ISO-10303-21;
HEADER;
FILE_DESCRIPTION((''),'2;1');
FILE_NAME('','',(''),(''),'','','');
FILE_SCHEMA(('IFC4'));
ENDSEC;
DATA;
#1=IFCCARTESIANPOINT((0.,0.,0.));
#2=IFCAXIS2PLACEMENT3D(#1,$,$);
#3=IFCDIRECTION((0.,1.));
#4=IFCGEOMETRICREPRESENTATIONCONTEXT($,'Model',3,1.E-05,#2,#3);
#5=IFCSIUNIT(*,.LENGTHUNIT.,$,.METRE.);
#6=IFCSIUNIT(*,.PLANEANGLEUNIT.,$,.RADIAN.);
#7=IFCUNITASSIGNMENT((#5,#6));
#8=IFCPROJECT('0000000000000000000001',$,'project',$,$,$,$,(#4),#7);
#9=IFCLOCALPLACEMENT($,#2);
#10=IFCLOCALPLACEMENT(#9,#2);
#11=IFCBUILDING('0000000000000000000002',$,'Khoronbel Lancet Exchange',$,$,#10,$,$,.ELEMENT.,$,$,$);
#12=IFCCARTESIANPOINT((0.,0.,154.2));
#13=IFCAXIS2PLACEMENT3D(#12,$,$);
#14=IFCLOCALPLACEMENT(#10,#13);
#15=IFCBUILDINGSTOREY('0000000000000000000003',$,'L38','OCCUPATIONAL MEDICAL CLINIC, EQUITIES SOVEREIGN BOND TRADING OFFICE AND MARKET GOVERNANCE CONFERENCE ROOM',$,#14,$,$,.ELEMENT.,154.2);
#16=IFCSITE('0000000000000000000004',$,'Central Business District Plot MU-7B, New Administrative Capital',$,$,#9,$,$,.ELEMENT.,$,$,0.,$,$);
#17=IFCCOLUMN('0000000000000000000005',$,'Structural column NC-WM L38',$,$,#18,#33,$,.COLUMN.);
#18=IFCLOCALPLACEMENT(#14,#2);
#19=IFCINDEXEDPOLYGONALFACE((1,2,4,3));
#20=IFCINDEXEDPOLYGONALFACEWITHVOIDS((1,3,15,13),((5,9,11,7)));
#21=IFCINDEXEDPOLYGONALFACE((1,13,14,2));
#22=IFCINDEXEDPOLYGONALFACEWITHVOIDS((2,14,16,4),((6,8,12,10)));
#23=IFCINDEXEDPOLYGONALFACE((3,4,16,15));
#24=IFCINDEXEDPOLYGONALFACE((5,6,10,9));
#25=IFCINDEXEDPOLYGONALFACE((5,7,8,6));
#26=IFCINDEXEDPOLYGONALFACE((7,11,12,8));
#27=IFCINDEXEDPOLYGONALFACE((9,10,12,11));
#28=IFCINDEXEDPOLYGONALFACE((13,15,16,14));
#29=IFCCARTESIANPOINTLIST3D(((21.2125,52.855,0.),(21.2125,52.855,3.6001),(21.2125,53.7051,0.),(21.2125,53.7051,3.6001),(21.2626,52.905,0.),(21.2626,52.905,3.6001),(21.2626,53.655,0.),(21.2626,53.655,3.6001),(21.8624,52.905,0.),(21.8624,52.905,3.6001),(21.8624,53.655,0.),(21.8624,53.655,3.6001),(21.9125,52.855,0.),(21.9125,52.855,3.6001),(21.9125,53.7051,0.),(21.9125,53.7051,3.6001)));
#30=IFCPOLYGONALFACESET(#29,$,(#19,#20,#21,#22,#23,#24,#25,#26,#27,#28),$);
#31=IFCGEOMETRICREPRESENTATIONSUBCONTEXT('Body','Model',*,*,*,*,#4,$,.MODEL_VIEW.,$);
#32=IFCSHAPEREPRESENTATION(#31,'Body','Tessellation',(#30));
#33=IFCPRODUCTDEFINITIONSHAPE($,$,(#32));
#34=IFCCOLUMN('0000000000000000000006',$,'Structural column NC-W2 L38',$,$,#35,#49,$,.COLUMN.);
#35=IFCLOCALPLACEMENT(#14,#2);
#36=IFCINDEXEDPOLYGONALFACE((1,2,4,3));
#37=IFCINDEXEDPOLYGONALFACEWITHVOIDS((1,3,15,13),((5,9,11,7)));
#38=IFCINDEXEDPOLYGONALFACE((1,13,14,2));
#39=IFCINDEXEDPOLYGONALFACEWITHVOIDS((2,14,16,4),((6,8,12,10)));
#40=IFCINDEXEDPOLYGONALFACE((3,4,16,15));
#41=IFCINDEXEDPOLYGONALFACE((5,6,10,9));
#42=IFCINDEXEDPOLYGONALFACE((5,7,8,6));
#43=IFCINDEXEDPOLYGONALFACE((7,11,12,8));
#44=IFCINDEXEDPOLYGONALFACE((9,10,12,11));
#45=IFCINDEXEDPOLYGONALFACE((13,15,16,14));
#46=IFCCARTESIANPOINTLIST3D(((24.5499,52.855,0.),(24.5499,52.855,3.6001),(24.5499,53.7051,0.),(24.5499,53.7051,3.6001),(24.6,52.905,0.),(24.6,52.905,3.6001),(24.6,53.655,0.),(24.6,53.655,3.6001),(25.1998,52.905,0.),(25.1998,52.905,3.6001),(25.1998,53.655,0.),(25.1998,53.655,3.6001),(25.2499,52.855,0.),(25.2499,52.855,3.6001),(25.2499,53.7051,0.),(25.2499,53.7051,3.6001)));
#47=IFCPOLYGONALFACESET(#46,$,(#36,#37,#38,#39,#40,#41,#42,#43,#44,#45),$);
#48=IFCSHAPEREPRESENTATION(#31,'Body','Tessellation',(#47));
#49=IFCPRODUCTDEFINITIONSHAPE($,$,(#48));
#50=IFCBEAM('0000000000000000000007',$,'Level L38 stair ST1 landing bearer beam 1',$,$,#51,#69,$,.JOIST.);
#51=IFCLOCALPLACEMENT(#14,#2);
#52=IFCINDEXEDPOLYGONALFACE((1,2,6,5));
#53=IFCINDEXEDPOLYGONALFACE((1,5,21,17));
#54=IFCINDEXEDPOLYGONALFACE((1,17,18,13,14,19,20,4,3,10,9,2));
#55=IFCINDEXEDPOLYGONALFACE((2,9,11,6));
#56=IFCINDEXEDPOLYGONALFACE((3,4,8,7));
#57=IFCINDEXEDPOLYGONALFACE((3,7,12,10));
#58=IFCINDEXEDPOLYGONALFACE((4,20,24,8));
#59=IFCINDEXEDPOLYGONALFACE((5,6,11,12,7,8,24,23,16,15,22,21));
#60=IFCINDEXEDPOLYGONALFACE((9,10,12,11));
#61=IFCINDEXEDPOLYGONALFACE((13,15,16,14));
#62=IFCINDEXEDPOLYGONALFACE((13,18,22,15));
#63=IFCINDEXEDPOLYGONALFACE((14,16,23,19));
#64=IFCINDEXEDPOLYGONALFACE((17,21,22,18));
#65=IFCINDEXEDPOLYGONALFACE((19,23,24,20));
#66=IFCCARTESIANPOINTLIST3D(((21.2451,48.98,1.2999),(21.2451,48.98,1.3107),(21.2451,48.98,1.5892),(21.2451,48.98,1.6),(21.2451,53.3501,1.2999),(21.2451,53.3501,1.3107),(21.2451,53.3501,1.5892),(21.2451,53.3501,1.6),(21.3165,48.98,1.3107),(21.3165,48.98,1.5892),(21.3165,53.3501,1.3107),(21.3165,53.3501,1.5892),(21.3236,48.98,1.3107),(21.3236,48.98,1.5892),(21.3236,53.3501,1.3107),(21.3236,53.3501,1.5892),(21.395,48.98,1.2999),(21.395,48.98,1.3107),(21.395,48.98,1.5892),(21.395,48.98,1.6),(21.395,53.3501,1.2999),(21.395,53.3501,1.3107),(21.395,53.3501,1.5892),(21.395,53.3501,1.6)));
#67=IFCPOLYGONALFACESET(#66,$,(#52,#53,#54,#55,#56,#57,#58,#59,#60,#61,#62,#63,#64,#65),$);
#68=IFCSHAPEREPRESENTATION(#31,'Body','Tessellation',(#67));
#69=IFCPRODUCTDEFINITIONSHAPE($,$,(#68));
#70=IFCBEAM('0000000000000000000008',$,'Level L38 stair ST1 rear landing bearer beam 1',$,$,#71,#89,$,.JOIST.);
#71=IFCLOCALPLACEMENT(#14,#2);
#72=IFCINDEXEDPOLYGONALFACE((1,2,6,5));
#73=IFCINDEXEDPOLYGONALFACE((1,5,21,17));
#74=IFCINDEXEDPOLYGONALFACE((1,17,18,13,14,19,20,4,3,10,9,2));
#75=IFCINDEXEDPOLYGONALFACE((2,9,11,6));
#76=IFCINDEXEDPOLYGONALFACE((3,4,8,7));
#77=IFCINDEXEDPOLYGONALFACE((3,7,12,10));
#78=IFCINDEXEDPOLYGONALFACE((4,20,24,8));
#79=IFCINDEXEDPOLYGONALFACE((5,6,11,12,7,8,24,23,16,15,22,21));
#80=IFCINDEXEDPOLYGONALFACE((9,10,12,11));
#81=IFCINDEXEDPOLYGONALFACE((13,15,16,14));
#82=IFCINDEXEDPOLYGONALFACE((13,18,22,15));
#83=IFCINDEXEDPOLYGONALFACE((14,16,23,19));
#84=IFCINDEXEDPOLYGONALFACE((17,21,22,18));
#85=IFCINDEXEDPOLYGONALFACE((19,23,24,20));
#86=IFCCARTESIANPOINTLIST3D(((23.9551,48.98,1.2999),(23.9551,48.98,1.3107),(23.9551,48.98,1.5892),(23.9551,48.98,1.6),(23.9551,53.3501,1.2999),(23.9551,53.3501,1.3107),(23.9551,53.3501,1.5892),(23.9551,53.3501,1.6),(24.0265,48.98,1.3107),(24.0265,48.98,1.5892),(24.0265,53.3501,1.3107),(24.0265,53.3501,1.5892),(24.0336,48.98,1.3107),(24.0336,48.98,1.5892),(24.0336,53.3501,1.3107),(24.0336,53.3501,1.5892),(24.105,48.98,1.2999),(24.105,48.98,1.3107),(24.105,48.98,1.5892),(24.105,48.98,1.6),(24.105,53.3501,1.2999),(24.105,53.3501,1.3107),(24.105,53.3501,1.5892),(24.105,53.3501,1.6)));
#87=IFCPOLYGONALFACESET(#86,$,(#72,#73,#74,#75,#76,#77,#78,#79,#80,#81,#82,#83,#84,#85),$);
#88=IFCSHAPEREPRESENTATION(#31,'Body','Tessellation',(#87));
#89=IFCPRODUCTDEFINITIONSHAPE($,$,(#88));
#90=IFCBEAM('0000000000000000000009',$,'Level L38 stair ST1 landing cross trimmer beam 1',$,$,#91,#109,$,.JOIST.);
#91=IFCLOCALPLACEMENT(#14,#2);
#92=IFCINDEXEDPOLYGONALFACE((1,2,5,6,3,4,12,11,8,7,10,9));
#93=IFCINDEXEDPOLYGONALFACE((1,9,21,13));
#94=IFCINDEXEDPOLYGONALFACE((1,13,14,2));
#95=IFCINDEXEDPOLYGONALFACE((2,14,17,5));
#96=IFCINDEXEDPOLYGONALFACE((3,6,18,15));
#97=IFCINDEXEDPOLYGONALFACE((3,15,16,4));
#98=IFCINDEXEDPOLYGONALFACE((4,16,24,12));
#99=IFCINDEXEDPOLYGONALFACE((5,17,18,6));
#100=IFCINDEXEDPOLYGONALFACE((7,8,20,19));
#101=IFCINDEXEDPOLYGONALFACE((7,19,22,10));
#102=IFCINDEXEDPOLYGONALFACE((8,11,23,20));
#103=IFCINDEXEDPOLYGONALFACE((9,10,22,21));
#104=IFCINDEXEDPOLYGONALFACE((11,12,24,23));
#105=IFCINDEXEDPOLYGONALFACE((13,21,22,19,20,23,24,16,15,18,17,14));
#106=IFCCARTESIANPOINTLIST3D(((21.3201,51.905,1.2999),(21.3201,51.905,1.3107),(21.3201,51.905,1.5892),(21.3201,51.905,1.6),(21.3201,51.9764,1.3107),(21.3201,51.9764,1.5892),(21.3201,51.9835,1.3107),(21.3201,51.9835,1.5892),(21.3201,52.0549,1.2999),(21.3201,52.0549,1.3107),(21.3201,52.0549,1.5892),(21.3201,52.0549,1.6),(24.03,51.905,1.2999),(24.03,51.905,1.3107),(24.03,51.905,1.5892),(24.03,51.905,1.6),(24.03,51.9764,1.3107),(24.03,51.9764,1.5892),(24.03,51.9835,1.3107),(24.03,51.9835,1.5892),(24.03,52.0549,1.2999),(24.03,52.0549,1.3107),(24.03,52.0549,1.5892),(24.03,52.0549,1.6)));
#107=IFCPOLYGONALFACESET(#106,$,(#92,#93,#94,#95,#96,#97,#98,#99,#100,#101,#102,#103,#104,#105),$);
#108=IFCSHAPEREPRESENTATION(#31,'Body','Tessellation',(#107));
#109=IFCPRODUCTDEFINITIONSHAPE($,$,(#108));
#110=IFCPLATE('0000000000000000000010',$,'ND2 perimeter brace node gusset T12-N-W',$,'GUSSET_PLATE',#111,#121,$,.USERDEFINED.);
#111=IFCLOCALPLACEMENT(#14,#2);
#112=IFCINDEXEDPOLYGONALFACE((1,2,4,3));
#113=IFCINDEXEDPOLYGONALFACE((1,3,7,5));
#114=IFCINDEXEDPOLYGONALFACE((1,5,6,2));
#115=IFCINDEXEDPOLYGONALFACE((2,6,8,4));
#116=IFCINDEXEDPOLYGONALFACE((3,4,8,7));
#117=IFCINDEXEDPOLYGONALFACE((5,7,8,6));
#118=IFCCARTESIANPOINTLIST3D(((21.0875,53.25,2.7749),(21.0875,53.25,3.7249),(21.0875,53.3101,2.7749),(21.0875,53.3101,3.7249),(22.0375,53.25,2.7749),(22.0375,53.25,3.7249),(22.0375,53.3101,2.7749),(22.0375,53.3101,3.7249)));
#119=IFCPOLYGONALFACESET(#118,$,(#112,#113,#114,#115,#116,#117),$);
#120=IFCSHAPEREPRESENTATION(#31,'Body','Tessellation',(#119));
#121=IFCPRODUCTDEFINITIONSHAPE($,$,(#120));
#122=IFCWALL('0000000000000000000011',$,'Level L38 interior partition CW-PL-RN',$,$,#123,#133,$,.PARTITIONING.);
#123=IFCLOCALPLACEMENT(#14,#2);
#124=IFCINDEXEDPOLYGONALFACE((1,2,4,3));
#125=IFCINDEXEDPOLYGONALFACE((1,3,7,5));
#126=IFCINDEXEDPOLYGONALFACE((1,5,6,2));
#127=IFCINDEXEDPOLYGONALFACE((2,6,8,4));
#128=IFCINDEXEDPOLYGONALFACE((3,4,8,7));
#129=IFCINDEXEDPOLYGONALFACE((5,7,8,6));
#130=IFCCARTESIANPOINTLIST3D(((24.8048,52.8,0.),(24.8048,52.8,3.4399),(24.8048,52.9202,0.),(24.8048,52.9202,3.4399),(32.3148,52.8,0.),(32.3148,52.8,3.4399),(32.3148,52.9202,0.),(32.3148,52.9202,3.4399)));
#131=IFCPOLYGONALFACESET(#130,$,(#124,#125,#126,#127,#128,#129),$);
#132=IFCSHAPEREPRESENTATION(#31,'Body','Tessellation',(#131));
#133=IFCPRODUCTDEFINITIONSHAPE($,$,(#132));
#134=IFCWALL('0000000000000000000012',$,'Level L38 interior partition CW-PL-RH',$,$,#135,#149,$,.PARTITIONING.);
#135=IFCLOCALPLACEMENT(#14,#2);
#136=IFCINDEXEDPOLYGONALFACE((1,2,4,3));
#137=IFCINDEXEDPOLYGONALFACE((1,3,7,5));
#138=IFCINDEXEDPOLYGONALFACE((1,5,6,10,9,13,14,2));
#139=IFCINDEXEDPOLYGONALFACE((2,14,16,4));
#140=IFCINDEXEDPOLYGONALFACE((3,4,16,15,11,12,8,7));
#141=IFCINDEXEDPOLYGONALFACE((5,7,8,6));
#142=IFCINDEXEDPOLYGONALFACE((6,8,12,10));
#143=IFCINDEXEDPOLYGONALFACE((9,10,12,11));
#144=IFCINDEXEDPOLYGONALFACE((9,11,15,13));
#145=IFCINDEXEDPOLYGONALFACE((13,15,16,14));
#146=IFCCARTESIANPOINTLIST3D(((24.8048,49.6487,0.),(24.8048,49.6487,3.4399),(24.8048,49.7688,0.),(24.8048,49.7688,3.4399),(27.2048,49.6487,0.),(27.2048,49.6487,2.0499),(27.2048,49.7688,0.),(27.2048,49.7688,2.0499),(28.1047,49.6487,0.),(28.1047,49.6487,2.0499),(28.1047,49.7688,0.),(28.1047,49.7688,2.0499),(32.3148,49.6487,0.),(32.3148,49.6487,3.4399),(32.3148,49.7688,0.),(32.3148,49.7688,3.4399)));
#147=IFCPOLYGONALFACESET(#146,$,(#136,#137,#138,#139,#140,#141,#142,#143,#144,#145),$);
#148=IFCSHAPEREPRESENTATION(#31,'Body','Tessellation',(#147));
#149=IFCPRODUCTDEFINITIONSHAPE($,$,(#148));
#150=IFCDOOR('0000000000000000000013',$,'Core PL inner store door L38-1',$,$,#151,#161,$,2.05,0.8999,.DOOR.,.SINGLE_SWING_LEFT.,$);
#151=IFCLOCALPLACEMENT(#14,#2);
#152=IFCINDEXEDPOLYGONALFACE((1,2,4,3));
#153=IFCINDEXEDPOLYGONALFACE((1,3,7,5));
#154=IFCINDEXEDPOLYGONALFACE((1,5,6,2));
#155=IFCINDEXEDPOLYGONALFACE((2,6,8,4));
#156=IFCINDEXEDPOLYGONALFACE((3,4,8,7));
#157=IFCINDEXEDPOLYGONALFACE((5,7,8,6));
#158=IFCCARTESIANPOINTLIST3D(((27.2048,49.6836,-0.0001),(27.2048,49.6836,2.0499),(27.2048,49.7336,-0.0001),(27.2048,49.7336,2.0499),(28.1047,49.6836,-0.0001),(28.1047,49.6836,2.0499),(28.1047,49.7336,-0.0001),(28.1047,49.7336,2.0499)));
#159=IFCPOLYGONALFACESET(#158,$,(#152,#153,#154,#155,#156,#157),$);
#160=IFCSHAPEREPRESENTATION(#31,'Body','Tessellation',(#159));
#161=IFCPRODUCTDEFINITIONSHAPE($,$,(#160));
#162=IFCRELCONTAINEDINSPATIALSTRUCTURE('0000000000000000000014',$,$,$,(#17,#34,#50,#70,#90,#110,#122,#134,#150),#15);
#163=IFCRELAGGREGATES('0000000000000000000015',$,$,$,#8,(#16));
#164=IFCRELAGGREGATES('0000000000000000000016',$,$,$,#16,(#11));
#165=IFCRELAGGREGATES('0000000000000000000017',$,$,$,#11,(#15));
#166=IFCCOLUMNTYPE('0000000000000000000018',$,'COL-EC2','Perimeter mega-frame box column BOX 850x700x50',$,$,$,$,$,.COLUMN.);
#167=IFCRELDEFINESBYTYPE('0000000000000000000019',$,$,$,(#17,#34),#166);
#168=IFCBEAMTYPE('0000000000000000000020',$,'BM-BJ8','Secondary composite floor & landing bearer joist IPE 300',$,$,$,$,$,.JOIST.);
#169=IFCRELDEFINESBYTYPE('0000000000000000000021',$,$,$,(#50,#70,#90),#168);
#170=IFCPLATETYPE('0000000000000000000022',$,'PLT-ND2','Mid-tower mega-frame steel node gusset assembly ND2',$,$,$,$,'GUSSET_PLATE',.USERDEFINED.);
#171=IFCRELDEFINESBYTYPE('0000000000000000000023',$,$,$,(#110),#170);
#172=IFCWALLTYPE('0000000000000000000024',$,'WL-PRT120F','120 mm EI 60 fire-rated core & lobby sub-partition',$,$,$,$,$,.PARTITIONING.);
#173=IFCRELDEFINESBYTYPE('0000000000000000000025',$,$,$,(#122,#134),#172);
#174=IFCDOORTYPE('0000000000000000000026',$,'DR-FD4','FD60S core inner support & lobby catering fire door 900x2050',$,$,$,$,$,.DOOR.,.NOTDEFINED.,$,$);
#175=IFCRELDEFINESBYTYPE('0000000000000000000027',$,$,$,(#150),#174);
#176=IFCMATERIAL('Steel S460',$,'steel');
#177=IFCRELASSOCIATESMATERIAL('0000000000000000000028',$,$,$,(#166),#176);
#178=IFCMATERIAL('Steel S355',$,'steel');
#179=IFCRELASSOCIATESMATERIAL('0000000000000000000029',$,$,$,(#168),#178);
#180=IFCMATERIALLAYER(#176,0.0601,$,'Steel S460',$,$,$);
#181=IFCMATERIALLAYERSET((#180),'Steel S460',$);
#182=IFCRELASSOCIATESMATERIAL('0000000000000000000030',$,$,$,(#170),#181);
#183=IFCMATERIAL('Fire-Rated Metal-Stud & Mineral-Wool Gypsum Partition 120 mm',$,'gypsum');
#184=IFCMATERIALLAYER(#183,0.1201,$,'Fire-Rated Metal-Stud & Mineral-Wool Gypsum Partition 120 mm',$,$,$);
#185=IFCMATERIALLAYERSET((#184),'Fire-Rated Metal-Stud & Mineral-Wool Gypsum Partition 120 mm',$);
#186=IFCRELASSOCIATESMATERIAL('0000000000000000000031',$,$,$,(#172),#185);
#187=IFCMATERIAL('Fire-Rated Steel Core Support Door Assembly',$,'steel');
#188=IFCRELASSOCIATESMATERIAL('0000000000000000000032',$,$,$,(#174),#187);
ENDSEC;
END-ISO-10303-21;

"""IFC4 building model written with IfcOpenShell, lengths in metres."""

from ifc_helpers import new_model, si_unit, direction, frame, frame_2d, origin, origin_2d, place, context, subcontext, project, spatial, rectangle, hollow_rectangle, i_section, extrude, material, layer, layer_set, material_profile, profile_set, type_object, element, fill, save


model = new_model("IFC4")

# Units and contexts
model_context = context("Model", 3, precision=1e-05, world=origin(), true_north=direction((0.0, 1.0)))
body_context = subcontext(model_context, "Body", "Model", "MODEL_VIEW")
ifc_project = project(units=[si_unit("LENGTHUNIT", "METRE"), si_unit("PLANEANGLEUNIT", "RADIAN")], contexts=[model_context])

# Site, building, storey
site_placement = place(None, origin())
site = spatial("IfcSite", under=ifc_project, at=site_placement, Name="Central Business District Plot MU-7B, New Administrative Capital", CompositionType="ELEMENT", RefElevation=0.0)
building_placement = place(site_placement, origin())
building = spatial("IfcBuilding", under=site, at=building_placement, Name="Khoronbel Lancet Exchange", CompositionType="ELEMENT")
storey_placement = place(building_placement, frame((0.0, 0.0, 154.2)))
storey = spatial("IfcBuildingStorey", under=building, at=storey_placement, Name="L38", Description="OCCUPATIONAL MEDICAL CLINIC, EQUITIES SOVEREIGN BOND TRADING OFFICE AND MARKET GOVERNANCE CONFERENCE ROOM", CompositionType="ELEMENT", Elevation=154.2)

# Columns
ifc_material_1 = material(Name="Steel S460", Category="steel")
ifc_material_profile_1 = material_profile(ifc_material_1, hollow_rectangle(XDim=0.7, YDim=0.8501, WallThickness=0.05, at=origin_2d()), Name="BOX 850x700x50")
ifc_profile_set_1 = profile_set([ifc_material_profile_1], Name="Steel S460")
column_type = type_object("IfcColumnType", Name="COL-EC2", Description="Perimeter mega-frame box column BOX 850x700x50", PredefinedType="COLUMN", material=ifc_profile_set_1)
for number, where, z_axis, x_axis, name in (
    (1, (21.5625, 53.28, 0.0), (0.0, 0.0, 1.0), (1.0, 0.0, 0.0), "Structural column NC-WM L38"),
    (2, (24.8999, 53.28, 0.0), (0.0, 0.0, 1.0), (1.0, 0.0, 0.0), "Structural column NC-W2 L38"),
):
    element("IfcColumn", number, at=place(storey_placement, frame(where, z_axis=z_axis, x_axis=x_axis)), inside=storey, type_object=column_type, Name=name, PredefinedType="COLUMN", context=body_context, shape_type="SweptSolid", body=[
        extrude(hollow_rectangle(XDim=0.7, YDim=0.8501, WallThickness=0.05, at=origin_2d()), origin(), (0.0, 0.0, 1.0), 3.6001),
    ])

# Beams
ifc_material_2 = material(Name="Steel S355", Category="steel")
ifc_material_profile_2 = material_profile(ifc_material_2, i_section(OverallWidth=0.1499, OverallDepth=0.3, WebThickness=0.0071, FlangeThickness=0.0107, at=origin_2d()), Name="IPE 300")
ifc_profile_set_2 = profile_set([ifc_material_profile_2], Name="Steel S355")
beam_type = type_object("IfcBeamType", Name="BM-BJ8", Description="Secondary composite floor & landing bearer joist IPE 300", PredefinedType="JOIST", material=ifc_profile_set_2)
for number, where, z_axis, x_axis, name in (
    (3, (21.3201, 48.98, 1.45), (0.0, 1.0, 0.0), (-1.0, 0.0, 0.0), "Level L38 stair ST1 landing bearer beam 1"),
    (4, (24.03, 48.98, 1.45), (0.0, 1.0, 0.0), (-1.0, 0.0, 0.0), "Level L38 stair ST1 rear landing bearer beam 1"),
):
    element("IfcBeam", number, at=place(storey_placement, frame(where, z_axis=z_axis, x_axis=x_axis)), inside=storey, type_object=beam_type, Name=name, PredefinedType="JOIST", context=body_context, shape_type="SweptSolid", body=[
        extrude(i_section(OverallWidth=0.1499, OverallDepth=0.3, WebThickness=0.0071, FlangeThickness=0.0107, at=origin_2d()), origin(), (0.0, 0.0, 1.0), 4.3701),
    ])
beam_placement = place(storey_placement, frame((21.3201, 51.98, 1.45), z_axis=(1.0, 0.0, 0.0), x_axis=(0.0, 1.0, 0.0)))
element("IfcBeam", 5, at=beam_placement, inside=storey, type_object=beam_type, Name="Level L38 stair ST1 landing cross trimmer beam 1", PredefinedType="JOIST", context=body_context, shape_type="SweptSolid", body=[
    extrude(i_section(OverallWidth=0.1499, OverallDepth=0.3, WebThickness=0.0071, FlangeThickness=0.0107, at=origin_2d()), origin(), (0.0, 0.0, 1.0), 2.71),
])

# Plate
ifc_layer_1 = layer(ifc_material_1, 0.0601, Name="Steel S460")
ifc_layer_set_1 = layer_set([ifc_layer_1], Name="Steel S460")
plate_type = type_object("IfcPlateType", Name="PLT-ND2", Description="Mid-tower mega-frame steel node gusset assembly ND2", ElementType="GUSSET_PLATE", PredefinedType="USERDEFINED", material=ifc_layer_set_1)
plate_placement = place(storey_placement, frame((21.5625, 53.28, 2.7749), z_axis=(0.0, 0.0, 1.0), x_axis=(1.0, 0.0, 0.0)))
element("IfcPlate", 6, at=plate_placement, inside=storey, type_object=plate_type, Name="ND2 perimeter brace node gusset T12-N-W", ObjectType="GUSSET_PLATE", PredefinedType="USERDEFINED", context=body_context, shape_type="SweptSolid", body=[
    extrude(rectangle(XDim=0.95, YDim=0.0601, at=origin_2d()), origin(), (0.0, 0.0, 1.0), 0.95),
])

# Wall
ifc_material_3 = material(Name="Fire-Rated Metal-Stud & Mineral-Wool Gypsum Partition 120 mm", Category="gypsum")
ifc_layer_2 = layer(ifc_material_3, 0.1201, Name="Fire-Rated Metal-Stud & Mineral-Wool Gypsum Partition 120 mm")
ifc_layer_set_2 = layer_set([ifc_layer_2], Name="Fire-Rated Metal-Stud & Mineral-Wool Gypsum Partition 120 mm")
wall_type_1 = type_object("IfcWallType", Name="WL-PRT120F", Description="120 mm EI 60 fire-rated core & lobby sub-partition", PredefinedType="PARTITIONING", material=ifc_layer_set_2)
wall_1_placement = place(storey_placement, frame((24.8049, 52.8601, 0.0), z_axis=(0.0, 0.0, 1.0), x_axis=(1.0, 0.0, 0.0)))
element("IfcWall", 7, at=wall_1_placement, inside=storey, type_object=wall_type_1, Name="Level L38 interior partition CW-PL-RN", PredefinedType="PARTITIONING", context=body_context, shape_type="SweptSolid", body=[
    extrude(rectangle(XDim=7.51, YDim=0.1201, at=frame_2d((3.7549, 0.0))), origin(), (0.0, 0.0, 1.0), 3.4399),
])

# Wall, opening, door
wall_2_placement = place(storey_placement, frame((24.8049, 49.7087, 0.0), z_axis=(0.0, 0.0, 1.0), x_axis=(1.0, 0.0, 0.0)))
wall_2 = element("IfcWall", 8, at=wall_2_placement, inside=storey, type_object=wall_type_1, Name="Level L38 interior partition CW-PL-RH", PredefinedType="PARTITIONING", context=body_context, shape_type="SweptSolid", body=[
    extrude(rectangle(XDim=7.51, YDim=0.1201, at=frame_2d((3.7549, 0.0))), origin(), (0.0, 0.0, 1.0), 3.4399),
])
opening_1_placement = place(wall_2_placement, frame((2.3999, 0.0, 0.0)))
opening_1 = element("IfcOpeningElement", 9, at=opening_1_placement, cuts=wall_2, PredefinedType="OPENING", context=body_context, shape_type="SweptSolid", body=[
    extrude(rectangle(XDim=0.8999, YDim=2.05, at=frame_2d((0.45, 1.0249))), frame((0.0, 0.0701, 0.0), z_axis=(0.0, -1.0, 0.0), x_axis=(1.0, 0.0, 0.0)), (0.0, 0.0, 1.0), 0.1401),
])
ifc_material_4 = material(Name="Fire-Rated Steel Core Support Door Assembly", Category="steel")
door_type_1 = type_object("IfcDoorType", Name="DR-FD4", Description="FD60S core inner support & lobby catering fire door 900x2050", OperationType="NOTDEFINED", PredefinedType="DOOR", material=ifc_material_4)
door_1_placement = place(opening_1_placement, origin())
door_1 = element("IfcDoor", 10, at=door_1_placement, inside=storey, type_object=door_type_1, Name="Core PL inner store door L38-1", OperationType="SINGLE_SWING_LEFT", OverallHeight=2.05, OverallWidth=0.8999, PredefinedType="DOOR", context=body_context, shape_type="SweptSolid", body=[
    extrude(rectangle(XDim=0.8999, YDim=2.05, at=frame_2d((0.45, 1.0249))), frame((0.0, 0.0249, 0.0), z_axis=(0.0, -1.0, 0.0), x_axis=(1.0, 0.0, 0.0)), (0.0, 0.0, 1.0), 0.05),
])
fill(opening_1, door_1)

save(model, "model.ifc")
